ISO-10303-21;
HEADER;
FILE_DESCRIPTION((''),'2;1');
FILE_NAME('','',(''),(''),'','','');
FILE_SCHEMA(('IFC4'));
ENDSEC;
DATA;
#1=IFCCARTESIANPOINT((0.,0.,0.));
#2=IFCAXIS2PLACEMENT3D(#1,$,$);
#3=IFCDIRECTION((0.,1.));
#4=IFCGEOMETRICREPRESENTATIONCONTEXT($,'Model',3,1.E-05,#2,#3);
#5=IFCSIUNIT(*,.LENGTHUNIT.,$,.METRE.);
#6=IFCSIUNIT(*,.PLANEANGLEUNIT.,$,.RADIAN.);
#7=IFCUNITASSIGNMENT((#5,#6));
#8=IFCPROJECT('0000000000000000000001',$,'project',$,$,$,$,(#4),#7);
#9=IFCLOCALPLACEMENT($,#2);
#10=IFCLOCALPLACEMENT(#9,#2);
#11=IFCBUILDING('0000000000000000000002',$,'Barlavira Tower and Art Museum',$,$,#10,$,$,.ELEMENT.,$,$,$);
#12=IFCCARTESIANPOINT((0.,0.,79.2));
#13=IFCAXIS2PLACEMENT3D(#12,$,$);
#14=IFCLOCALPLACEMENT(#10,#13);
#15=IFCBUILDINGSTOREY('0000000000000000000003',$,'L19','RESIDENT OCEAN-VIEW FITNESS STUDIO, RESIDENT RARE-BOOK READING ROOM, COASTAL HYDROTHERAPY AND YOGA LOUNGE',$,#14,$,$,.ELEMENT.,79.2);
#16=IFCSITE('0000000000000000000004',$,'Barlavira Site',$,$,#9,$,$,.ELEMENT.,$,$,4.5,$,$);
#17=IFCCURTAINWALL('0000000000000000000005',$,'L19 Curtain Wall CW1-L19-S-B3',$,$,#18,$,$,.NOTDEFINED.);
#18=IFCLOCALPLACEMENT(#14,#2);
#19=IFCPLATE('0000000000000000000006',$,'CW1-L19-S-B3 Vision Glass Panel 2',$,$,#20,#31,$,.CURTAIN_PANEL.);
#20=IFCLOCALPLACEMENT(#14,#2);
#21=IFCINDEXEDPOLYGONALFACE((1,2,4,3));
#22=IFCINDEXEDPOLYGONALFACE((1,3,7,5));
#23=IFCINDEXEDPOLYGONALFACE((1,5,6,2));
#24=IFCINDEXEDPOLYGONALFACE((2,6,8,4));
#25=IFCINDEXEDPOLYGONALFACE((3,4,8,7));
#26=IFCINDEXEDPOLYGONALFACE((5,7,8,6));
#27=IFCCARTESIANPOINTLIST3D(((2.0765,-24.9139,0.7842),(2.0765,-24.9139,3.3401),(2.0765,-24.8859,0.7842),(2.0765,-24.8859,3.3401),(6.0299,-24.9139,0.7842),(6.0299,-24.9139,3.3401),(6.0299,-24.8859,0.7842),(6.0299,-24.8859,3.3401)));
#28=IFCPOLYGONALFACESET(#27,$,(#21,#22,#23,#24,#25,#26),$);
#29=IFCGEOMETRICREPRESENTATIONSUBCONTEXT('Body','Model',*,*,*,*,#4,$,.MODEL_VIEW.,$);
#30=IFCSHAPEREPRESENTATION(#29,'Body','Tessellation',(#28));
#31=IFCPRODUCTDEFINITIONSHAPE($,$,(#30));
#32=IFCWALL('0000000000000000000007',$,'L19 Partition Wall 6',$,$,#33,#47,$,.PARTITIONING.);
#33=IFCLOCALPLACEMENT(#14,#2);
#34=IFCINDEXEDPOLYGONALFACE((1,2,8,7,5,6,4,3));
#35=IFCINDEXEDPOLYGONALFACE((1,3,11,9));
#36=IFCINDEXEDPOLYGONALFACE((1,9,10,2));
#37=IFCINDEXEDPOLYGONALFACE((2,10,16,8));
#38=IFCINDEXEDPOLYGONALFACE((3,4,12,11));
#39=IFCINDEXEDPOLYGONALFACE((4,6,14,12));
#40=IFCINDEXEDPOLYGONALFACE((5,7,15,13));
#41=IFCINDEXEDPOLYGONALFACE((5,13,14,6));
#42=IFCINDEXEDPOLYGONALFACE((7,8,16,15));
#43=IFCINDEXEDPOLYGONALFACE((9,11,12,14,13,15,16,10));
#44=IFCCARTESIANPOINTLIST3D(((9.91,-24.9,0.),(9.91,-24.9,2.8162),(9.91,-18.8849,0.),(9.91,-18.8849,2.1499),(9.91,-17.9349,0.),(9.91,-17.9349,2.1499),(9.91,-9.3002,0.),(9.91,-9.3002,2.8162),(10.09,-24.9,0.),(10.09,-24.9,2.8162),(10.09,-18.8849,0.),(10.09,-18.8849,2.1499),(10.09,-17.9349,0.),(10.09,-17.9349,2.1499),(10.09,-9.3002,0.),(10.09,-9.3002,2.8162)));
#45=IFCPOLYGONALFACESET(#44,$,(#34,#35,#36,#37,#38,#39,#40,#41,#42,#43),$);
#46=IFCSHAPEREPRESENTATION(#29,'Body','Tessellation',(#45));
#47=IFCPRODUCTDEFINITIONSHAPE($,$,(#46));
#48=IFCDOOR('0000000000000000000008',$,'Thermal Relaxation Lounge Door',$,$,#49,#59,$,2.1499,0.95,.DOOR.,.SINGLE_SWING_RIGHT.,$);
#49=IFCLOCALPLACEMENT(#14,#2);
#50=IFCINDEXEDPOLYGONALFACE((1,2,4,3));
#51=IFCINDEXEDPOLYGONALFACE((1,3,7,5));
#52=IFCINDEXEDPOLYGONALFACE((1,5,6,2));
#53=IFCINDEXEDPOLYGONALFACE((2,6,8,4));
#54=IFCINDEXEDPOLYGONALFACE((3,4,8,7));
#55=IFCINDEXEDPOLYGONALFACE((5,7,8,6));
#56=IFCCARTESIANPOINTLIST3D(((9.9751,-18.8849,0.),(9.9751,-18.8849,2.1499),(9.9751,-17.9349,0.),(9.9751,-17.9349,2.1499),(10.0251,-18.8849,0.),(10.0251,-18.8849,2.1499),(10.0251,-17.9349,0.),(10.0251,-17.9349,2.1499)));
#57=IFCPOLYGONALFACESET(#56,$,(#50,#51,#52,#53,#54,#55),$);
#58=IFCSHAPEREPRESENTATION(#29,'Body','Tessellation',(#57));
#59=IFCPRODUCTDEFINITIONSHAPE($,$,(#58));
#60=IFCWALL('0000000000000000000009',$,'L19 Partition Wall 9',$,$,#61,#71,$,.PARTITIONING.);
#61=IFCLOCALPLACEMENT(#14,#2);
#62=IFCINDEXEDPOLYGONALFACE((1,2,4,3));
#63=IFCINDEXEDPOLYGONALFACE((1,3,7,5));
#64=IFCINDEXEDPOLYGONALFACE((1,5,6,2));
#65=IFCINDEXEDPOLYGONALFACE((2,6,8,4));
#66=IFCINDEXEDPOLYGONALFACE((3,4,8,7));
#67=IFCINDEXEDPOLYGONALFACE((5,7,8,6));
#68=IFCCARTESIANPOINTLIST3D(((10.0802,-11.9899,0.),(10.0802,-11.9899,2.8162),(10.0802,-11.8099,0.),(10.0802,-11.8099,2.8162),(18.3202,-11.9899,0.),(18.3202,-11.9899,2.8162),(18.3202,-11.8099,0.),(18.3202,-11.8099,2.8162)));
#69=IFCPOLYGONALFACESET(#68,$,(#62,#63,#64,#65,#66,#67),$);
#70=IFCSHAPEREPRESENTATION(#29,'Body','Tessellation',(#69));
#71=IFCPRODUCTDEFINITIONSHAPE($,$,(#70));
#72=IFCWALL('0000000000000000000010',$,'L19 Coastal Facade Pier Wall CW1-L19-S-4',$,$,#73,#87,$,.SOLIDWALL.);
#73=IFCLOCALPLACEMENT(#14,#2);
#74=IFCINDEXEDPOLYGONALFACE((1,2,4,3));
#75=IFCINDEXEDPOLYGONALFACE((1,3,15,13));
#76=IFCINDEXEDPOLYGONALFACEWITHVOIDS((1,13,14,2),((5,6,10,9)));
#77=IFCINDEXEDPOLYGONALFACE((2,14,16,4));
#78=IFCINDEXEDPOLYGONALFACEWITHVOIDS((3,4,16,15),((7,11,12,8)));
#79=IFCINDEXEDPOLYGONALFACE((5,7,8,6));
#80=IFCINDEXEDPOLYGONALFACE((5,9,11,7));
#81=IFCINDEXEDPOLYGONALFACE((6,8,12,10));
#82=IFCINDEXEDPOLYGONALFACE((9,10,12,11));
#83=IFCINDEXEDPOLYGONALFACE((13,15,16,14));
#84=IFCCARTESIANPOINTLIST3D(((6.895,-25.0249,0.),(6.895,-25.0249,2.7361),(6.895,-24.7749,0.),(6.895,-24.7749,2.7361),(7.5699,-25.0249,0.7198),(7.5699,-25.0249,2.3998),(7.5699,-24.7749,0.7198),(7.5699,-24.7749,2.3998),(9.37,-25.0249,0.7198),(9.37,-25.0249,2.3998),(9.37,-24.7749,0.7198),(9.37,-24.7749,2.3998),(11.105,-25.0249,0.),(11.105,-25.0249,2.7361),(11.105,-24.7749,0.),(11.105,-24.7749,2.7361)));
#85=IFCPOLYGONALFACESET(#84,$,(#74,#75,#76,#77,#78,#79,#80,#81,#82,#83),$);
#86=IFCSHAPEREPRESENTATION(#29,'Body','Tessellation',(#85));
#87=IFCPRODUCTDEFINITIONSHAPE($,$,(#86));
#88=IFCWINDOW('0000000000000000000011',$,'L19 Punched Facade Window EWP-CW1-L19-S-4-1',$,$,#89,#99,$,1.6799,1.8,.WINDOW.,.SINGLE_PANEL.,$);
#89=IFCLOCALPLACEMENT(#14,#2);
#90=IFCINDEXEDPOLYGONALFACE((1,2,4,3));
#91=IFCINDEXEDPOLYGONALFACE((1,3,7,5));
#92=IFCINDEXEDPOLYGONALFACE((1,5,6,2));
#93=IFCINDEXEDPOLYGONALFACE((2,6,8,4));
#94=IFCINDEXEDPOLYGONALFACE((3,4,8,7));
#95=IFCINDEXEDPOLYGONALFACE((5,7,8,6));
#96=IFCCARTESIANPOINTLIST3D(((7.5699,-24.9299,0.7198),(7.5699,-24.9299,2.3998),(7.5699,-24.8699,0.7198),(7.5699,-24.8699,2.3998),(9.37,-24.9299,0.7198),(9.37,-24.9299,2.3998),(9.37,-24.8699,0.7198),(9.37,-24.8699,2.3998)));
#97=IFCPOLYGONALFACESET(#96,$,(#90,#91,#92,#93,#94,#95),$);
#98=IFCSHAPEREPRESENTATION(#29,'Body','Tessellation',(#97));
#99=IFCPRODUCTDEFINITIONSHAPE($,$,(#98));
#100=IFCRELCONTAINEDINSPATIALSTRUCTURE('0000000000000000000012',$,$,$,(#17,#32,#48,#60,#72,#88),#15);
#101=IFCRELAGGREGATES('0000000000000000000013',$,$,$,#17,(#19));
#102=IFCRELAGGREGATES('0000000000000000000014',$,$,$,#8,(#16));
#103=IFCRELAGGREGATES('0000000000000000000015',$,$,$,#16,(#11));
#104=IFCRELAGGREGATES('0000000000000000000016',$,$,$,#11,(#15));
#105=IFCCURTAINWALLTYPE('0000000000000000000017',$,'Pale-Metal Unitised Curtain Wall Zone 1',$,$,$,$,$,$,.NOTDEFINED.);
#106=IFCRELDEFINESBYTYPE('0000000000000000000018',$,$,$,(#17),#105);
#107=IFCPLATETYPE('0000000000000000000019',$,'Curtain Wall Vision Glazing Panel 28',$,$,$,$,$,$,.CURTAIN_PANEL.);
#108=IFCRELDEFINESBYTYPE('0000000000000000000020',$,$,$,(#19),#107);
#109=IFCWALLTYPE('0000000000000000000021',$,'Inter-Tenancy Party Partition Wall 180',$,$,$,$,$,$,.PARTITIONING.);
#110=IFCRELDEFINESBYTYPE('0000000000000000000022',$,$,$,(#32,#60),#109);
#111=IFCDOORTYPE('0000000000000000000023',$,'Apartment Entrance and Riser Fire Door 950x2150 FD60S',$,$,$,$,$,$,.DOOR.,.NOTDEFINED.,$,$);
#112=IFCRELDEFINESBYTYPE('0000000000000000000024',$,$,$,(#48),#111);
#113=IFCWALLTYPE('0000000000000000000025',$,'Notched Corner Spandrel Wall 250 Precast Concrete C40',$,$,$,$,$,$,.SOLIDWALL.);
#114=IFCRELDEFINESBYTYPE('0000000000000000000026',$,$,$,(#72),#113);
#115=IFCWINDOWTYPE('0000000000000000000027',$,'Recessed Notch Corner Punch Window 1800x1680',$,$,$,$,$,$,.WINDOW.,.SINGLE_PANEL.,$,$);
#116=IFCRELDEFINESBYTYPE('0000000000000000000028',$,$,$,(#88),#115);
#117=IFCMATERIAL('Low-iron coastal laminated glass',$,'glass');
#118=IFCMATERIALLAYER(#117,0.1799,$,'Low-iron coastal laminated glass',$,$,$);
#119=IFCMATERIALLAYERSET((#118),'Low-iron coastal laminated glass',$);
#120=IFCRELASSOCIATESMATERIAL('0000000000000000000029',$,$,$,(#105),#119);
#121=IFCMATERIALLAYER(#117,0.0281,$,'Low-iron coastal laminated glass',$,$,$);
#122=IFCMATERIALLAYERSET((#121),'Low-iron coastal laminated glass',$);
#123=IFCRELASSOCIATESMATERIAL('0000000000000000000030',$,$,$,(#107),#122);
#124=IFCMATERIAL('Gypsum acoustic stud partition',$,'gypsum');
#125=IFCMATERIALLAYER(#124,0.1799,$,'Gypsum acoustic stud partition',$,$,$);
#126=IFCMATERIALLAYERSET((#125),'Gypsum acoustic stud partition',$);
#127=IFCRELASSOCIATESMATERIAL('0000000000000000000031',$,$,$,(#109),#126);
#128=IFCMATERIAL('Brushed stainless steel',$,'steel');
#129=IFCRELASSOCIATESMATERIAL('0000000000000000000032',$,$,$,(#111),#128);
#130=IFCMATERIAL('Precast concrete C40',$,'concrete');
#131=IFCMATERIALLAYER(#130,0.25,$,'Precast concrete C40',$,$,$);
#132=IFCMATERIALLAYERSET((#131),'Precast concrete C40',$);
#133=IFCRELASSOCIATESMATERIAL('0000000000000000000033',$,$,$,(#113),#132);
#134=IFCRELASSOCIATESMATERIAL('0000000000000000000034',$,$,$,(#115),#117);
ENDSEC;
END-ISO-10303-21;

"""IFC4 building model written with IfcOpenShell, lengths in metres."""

from ifc_helpers import new_model, si_unit, direction, frame, frame_2d, origin, origin_2d, place, context, subcontext, project, spatial, rectangle, extrude, material, layer, layer_set, type_object, element, fill, aggregate, save


model = new_model("IFC4")

# Units and contexts
model_context = context("Model", 3, precision=1e-05, world=origin(), true_north=direction((0.0, 1.0)))
body_context = subcontext(model_context, "Body", "Model", "MODEL_VIEW")
ifc_project = project(units=[si_unit("LENGTHUNIT", "METRE"), si_unit("PLANEANGLEUNIT", "RADIAN")], contexts=[model_context])

# Site, building, storey
site_placement = place(None, origin())
site = spatial("IfcSite", under=ifc_project, at=site_placement, Name="Barlavira Site", CompositionType="ELEMENT", RefElevation=4.5)
building_placement = place(site_placement, origin())
building = spatial("IfcBuilding", under=site, at=building_placement, Name="Barlavira Tower and Art Museum", CompositionType="ELEMENT")
storey_placement = place(building_placement, frame((0.0, 0.0, 79.2)))
storey = spatial("IfcBuildingStorey", under=building, at=storey_placement, Name="L19", Description="RESIDENT OCEAN-VIEW FITNESS STUDIO, RESIDENT RARE-BOOK READING ROOM, COASTAL HYDROTHERAPY AND YOGA LOUNGE", CompositionType="ELEMENT", Elevation=79.2)

# Curtain wall
ifc_material_1 = material(Name="Low-iron coastal laminated glass", Category="glass")
ifc_layer_1 = layer(ifc_material_1, 0.1799, Name="Low-iron coastal laminated glass")
ifc_layer_set_1 = layer_set([ifc_layer_1], Name="Low-iron coastal laminated glass")
curtain_wall_type = type_object("IfcCurtainWallType", Name="Pale-Metal Unitised Curtain Wall Zone 1", PredefinedType="NOTDEFINED", material=ifc_layer_set_1)
curtain_wall_placement = place(storey_placement, origin())
curtain_wall = element("IfcCurtainWall", 1, at=curtain_wall_placement, inside=storey, type_object=curtain_wall_type, Name="L19 Curtain Wall CW1-L19-S-B3", PredefinedType="NOTDEFINED")

# Plate
ifc_layer_2 = layer(ifc_material_1, 0.0281, Name="Low-iron coastal laminated glass")
ifc_layer_set_2 = layer_set([ifc_layer_2], Name="Low-iron coastal laminated glass")
plate_type_1 = type_object("IfcPlateType", Name="Curtain Wall Vision Glazing Panel 28", PredefinedType="CURTAIN_PANEL", material=ifc_layer_set_2)
plate_1_placement = place(storey_placement, frame((4.0532, -24.8999, 0.7842), z_axis=(0.0, 0.0, 1.0), x_axis=(1.0, 0.0, 0.0)))
plate_1 = element("IfcPlate", 2, at=plate_1_placement, type_object=plate_type_1, Name="CW1-L19-S-B3 Vision Glass Panel 2", PredefinedType="CURTAIN_PANEL", context=body_context, shape_type="SweptSolid", body=[
    extrude(rectangle(XDim=3.9534, YDim=0.0281, at=origin_2d()), origin(), (0.0, 0.0, 1.0), 2.5559),
])
aggregate(curtain_wall, [plate_1])

# Wall, opening, door
ifc_material_2 = material(Name="Gypsum acoustic stud partition", Category="gypsum")
ifc_layer_3 = layer(ifc_material_2, 0.1799, Name="Gypsum acoustic stud partition")
ifc_layer_set_3 = layer_set([ifc_layer_3], Name="Gypsum acoustic stud partition")
wall_type_1 = type_object("IfcWallType", Name="Inter-Tenancy Party Partition Wall 180", PredefinedType="PARTITIONING", material=ifc_layer_set_3)
wall_1_placement = place(storey_placement, frame((10.0, -24.8999, 0.0), z_axis=(0.0, 0.0, 1.0), x_axis=(0.0, 1.0, 0.0)))
wall_1 = element("IfcWall", 3, at=wall_1_placement, inside=storey, type_object=wall_type_1, Name="L19 Partition Wall 6", PredefinedType="PARTITIONING", context=body_context, shape_type="SweptSolid", body=[
    extrude(rectangle(XDim=15.5999, YDim=0.1799, at=frame_2d((7.7998, 0.0))), origin(), (0.0, 0.0, 1.0), 2.8162),
])
opening_1_placement = place(wall_1_placement, frame((6.0149, 0.0, 0.0)))
opening_1 = element("IfcOpeningElement", 4, at=opening_1_placement, cuts=wall_1, PredefinedType="OPENING", context=body_context, shape_type="SweptSolid", body=[
    extrude(rectangle(XDim=0.95, YDim=2.1499, at=frame_2d((0.4751, 1.075))), frame((0.0, 0.1001, 0.0), z_axis=(0.0, -1.0, 0.0), x_axis=(1.0, 0.0, 0.0)), (0.0, 0.0, 1.0), 0.2),
])
ifc_material_3 = material(Name="Brushed stainless steel", Category="steel")
door_type = type_object("IfcDoorType", Name="Apartment Entrance and Riser Fire Door 950x2150 FD60S", OperationType="NOTDEFINED", PredefinedType="DOOR", material=ifc_material_3)
door_placement = place(opening_1_placement, origin())
door = element("IfcDoor", 5, at=door_placement, inside=storey, type_object=door_type, Name="Thermal Relaxation Lounge Door", OperationType="SINGLE_SWING_RIGHT", OverallHeight=2.1499, OverallWidth=0.95, PredefinedType="DOOR", context=body_context, shape_type="SweptSolid", body=[
    extrude(rectangle(XDim=0.95, YDim=2.1499, at=frame_2d((0.4751, 1.075))), frame((0.0, 0.0249, 0.0), z_axis=(0.0, -1.0, 0.0), x_axis=(1.0, 0.0, 0.0)), (0.0, 0.0, 1.0), 0.05),
])
fill(opening_1, door)

# Wall
wall_2_placement = place(storey_placement, frame((10.0801, -11.8999, 0.0), z_axis=(0.0, 0.0, 1.0), x_axis=(1.0, 0.0, 0.0)))
element("IfcWall", 6, at=wall_2_placement, inside=storey, type_object=wall_type_1, Name="L19 Partition Wall 9", PredefinedType="PARTITIONING", context=body_context, shape_type="SweptSolid", body=[
    extrude(rectangle(XDim=8.24, YDim=0.1799, at=frame_2d((4.1201, 0.0))), origin(), (0.0, 0.0, 1.0), 2.8162),
])

# Wall, opening, window
ifc_material_4 = material(Name="Precast concrete C40", Category="concrete")
ifc_layer_4 = layer(ifc_material_4, 0.25, Name="Precast concrete C40")
ifc_layer_set_4 = layer_set([ifc_layer_4], Name="Precast concrete C40")
wall_type_2 = type_object("IfcWallType", Name="Notched Corner Spandrel Wall 250 Precast Concrete C40", PredefinedType="SOLIDWALL", material=ifc_layer_set_4)
wall_3_placement = place(storey_placement, frame((6.895, -24.8999, 0.0), z_axis=(0.0, 0.0, 1.0), x_axis=(1.0, 0.0, 0.0)))
wall_3 = element("IfcWall", 7, at=wall_3_placement, inside=storey, type_object=wall_type_2, Name="L19 Coastal Facade Pier Wall CW1-L19-S-4", PredefinedType="SOLIDWALL", context=body_context, shape_type="SweptSolid", body=[
    extrude(rectangle(XDim=4.21, YDim=0.25, at=frame_2d((2.105, 0.0))), origin(), (0.0, 0.0, 1.0), 2.7361),
])
opening_2_placement = place(wall_3_placement, frame((0.675, 0.0, 0.72)))
opening_2 = element("IfcOpeningElement", 8, at=opening_2_placement, cuts=wall_3, PredefinedType="OPENING", context=body_context, shape_type="SweptSolid", body=[
    extrude(rectangle(XDim=1.8, YDim=1.6799, at=frame_2d((0.8999, 0.8398))), frame((0.0, 0.135, 0.0), z_axis=(0.0, -1.0, 0.0), x_axis=(1.0, 0.0, 0.0)), (0.0, 0.0, 1.0), 0.27),
])
window_type = type_object("IfcWindowType", Name="Recessed Notch Corner Punch Window 1800x1680", PartitioningType="SINGLE_PANEL", PredefinedType="WINDOW", material=ifc_material_1)
window_placement = place(opening_2_placement, origin())
window = element("IfcWindow", 9, at=window_placement, inside=storey, type_object=window_type, Name="L19 Punched Facade Window EWP-CW1-L19-S-4-1", OverallHeight=1.6799, OverallWidth=1.8, PartitioningType="SINGLE_PANEL", PredefinedType="WINDOW", context=body_context, shape_type="SweptSolid", body=[
    extrude(rectangle(XDim=1.8, YDim=1.6799, at=frame_2d((0.8999, 0.8398))), frame((0.0, 0.03, 0.0), z_axis=(0.0, -1.0, 0.0), x_axis=(1.0, 0.0, 0.0)), (0.0, 0.0, 1.0), 0.0601),
])
fill(opening_2, window)

save(model, "model.ifc")
